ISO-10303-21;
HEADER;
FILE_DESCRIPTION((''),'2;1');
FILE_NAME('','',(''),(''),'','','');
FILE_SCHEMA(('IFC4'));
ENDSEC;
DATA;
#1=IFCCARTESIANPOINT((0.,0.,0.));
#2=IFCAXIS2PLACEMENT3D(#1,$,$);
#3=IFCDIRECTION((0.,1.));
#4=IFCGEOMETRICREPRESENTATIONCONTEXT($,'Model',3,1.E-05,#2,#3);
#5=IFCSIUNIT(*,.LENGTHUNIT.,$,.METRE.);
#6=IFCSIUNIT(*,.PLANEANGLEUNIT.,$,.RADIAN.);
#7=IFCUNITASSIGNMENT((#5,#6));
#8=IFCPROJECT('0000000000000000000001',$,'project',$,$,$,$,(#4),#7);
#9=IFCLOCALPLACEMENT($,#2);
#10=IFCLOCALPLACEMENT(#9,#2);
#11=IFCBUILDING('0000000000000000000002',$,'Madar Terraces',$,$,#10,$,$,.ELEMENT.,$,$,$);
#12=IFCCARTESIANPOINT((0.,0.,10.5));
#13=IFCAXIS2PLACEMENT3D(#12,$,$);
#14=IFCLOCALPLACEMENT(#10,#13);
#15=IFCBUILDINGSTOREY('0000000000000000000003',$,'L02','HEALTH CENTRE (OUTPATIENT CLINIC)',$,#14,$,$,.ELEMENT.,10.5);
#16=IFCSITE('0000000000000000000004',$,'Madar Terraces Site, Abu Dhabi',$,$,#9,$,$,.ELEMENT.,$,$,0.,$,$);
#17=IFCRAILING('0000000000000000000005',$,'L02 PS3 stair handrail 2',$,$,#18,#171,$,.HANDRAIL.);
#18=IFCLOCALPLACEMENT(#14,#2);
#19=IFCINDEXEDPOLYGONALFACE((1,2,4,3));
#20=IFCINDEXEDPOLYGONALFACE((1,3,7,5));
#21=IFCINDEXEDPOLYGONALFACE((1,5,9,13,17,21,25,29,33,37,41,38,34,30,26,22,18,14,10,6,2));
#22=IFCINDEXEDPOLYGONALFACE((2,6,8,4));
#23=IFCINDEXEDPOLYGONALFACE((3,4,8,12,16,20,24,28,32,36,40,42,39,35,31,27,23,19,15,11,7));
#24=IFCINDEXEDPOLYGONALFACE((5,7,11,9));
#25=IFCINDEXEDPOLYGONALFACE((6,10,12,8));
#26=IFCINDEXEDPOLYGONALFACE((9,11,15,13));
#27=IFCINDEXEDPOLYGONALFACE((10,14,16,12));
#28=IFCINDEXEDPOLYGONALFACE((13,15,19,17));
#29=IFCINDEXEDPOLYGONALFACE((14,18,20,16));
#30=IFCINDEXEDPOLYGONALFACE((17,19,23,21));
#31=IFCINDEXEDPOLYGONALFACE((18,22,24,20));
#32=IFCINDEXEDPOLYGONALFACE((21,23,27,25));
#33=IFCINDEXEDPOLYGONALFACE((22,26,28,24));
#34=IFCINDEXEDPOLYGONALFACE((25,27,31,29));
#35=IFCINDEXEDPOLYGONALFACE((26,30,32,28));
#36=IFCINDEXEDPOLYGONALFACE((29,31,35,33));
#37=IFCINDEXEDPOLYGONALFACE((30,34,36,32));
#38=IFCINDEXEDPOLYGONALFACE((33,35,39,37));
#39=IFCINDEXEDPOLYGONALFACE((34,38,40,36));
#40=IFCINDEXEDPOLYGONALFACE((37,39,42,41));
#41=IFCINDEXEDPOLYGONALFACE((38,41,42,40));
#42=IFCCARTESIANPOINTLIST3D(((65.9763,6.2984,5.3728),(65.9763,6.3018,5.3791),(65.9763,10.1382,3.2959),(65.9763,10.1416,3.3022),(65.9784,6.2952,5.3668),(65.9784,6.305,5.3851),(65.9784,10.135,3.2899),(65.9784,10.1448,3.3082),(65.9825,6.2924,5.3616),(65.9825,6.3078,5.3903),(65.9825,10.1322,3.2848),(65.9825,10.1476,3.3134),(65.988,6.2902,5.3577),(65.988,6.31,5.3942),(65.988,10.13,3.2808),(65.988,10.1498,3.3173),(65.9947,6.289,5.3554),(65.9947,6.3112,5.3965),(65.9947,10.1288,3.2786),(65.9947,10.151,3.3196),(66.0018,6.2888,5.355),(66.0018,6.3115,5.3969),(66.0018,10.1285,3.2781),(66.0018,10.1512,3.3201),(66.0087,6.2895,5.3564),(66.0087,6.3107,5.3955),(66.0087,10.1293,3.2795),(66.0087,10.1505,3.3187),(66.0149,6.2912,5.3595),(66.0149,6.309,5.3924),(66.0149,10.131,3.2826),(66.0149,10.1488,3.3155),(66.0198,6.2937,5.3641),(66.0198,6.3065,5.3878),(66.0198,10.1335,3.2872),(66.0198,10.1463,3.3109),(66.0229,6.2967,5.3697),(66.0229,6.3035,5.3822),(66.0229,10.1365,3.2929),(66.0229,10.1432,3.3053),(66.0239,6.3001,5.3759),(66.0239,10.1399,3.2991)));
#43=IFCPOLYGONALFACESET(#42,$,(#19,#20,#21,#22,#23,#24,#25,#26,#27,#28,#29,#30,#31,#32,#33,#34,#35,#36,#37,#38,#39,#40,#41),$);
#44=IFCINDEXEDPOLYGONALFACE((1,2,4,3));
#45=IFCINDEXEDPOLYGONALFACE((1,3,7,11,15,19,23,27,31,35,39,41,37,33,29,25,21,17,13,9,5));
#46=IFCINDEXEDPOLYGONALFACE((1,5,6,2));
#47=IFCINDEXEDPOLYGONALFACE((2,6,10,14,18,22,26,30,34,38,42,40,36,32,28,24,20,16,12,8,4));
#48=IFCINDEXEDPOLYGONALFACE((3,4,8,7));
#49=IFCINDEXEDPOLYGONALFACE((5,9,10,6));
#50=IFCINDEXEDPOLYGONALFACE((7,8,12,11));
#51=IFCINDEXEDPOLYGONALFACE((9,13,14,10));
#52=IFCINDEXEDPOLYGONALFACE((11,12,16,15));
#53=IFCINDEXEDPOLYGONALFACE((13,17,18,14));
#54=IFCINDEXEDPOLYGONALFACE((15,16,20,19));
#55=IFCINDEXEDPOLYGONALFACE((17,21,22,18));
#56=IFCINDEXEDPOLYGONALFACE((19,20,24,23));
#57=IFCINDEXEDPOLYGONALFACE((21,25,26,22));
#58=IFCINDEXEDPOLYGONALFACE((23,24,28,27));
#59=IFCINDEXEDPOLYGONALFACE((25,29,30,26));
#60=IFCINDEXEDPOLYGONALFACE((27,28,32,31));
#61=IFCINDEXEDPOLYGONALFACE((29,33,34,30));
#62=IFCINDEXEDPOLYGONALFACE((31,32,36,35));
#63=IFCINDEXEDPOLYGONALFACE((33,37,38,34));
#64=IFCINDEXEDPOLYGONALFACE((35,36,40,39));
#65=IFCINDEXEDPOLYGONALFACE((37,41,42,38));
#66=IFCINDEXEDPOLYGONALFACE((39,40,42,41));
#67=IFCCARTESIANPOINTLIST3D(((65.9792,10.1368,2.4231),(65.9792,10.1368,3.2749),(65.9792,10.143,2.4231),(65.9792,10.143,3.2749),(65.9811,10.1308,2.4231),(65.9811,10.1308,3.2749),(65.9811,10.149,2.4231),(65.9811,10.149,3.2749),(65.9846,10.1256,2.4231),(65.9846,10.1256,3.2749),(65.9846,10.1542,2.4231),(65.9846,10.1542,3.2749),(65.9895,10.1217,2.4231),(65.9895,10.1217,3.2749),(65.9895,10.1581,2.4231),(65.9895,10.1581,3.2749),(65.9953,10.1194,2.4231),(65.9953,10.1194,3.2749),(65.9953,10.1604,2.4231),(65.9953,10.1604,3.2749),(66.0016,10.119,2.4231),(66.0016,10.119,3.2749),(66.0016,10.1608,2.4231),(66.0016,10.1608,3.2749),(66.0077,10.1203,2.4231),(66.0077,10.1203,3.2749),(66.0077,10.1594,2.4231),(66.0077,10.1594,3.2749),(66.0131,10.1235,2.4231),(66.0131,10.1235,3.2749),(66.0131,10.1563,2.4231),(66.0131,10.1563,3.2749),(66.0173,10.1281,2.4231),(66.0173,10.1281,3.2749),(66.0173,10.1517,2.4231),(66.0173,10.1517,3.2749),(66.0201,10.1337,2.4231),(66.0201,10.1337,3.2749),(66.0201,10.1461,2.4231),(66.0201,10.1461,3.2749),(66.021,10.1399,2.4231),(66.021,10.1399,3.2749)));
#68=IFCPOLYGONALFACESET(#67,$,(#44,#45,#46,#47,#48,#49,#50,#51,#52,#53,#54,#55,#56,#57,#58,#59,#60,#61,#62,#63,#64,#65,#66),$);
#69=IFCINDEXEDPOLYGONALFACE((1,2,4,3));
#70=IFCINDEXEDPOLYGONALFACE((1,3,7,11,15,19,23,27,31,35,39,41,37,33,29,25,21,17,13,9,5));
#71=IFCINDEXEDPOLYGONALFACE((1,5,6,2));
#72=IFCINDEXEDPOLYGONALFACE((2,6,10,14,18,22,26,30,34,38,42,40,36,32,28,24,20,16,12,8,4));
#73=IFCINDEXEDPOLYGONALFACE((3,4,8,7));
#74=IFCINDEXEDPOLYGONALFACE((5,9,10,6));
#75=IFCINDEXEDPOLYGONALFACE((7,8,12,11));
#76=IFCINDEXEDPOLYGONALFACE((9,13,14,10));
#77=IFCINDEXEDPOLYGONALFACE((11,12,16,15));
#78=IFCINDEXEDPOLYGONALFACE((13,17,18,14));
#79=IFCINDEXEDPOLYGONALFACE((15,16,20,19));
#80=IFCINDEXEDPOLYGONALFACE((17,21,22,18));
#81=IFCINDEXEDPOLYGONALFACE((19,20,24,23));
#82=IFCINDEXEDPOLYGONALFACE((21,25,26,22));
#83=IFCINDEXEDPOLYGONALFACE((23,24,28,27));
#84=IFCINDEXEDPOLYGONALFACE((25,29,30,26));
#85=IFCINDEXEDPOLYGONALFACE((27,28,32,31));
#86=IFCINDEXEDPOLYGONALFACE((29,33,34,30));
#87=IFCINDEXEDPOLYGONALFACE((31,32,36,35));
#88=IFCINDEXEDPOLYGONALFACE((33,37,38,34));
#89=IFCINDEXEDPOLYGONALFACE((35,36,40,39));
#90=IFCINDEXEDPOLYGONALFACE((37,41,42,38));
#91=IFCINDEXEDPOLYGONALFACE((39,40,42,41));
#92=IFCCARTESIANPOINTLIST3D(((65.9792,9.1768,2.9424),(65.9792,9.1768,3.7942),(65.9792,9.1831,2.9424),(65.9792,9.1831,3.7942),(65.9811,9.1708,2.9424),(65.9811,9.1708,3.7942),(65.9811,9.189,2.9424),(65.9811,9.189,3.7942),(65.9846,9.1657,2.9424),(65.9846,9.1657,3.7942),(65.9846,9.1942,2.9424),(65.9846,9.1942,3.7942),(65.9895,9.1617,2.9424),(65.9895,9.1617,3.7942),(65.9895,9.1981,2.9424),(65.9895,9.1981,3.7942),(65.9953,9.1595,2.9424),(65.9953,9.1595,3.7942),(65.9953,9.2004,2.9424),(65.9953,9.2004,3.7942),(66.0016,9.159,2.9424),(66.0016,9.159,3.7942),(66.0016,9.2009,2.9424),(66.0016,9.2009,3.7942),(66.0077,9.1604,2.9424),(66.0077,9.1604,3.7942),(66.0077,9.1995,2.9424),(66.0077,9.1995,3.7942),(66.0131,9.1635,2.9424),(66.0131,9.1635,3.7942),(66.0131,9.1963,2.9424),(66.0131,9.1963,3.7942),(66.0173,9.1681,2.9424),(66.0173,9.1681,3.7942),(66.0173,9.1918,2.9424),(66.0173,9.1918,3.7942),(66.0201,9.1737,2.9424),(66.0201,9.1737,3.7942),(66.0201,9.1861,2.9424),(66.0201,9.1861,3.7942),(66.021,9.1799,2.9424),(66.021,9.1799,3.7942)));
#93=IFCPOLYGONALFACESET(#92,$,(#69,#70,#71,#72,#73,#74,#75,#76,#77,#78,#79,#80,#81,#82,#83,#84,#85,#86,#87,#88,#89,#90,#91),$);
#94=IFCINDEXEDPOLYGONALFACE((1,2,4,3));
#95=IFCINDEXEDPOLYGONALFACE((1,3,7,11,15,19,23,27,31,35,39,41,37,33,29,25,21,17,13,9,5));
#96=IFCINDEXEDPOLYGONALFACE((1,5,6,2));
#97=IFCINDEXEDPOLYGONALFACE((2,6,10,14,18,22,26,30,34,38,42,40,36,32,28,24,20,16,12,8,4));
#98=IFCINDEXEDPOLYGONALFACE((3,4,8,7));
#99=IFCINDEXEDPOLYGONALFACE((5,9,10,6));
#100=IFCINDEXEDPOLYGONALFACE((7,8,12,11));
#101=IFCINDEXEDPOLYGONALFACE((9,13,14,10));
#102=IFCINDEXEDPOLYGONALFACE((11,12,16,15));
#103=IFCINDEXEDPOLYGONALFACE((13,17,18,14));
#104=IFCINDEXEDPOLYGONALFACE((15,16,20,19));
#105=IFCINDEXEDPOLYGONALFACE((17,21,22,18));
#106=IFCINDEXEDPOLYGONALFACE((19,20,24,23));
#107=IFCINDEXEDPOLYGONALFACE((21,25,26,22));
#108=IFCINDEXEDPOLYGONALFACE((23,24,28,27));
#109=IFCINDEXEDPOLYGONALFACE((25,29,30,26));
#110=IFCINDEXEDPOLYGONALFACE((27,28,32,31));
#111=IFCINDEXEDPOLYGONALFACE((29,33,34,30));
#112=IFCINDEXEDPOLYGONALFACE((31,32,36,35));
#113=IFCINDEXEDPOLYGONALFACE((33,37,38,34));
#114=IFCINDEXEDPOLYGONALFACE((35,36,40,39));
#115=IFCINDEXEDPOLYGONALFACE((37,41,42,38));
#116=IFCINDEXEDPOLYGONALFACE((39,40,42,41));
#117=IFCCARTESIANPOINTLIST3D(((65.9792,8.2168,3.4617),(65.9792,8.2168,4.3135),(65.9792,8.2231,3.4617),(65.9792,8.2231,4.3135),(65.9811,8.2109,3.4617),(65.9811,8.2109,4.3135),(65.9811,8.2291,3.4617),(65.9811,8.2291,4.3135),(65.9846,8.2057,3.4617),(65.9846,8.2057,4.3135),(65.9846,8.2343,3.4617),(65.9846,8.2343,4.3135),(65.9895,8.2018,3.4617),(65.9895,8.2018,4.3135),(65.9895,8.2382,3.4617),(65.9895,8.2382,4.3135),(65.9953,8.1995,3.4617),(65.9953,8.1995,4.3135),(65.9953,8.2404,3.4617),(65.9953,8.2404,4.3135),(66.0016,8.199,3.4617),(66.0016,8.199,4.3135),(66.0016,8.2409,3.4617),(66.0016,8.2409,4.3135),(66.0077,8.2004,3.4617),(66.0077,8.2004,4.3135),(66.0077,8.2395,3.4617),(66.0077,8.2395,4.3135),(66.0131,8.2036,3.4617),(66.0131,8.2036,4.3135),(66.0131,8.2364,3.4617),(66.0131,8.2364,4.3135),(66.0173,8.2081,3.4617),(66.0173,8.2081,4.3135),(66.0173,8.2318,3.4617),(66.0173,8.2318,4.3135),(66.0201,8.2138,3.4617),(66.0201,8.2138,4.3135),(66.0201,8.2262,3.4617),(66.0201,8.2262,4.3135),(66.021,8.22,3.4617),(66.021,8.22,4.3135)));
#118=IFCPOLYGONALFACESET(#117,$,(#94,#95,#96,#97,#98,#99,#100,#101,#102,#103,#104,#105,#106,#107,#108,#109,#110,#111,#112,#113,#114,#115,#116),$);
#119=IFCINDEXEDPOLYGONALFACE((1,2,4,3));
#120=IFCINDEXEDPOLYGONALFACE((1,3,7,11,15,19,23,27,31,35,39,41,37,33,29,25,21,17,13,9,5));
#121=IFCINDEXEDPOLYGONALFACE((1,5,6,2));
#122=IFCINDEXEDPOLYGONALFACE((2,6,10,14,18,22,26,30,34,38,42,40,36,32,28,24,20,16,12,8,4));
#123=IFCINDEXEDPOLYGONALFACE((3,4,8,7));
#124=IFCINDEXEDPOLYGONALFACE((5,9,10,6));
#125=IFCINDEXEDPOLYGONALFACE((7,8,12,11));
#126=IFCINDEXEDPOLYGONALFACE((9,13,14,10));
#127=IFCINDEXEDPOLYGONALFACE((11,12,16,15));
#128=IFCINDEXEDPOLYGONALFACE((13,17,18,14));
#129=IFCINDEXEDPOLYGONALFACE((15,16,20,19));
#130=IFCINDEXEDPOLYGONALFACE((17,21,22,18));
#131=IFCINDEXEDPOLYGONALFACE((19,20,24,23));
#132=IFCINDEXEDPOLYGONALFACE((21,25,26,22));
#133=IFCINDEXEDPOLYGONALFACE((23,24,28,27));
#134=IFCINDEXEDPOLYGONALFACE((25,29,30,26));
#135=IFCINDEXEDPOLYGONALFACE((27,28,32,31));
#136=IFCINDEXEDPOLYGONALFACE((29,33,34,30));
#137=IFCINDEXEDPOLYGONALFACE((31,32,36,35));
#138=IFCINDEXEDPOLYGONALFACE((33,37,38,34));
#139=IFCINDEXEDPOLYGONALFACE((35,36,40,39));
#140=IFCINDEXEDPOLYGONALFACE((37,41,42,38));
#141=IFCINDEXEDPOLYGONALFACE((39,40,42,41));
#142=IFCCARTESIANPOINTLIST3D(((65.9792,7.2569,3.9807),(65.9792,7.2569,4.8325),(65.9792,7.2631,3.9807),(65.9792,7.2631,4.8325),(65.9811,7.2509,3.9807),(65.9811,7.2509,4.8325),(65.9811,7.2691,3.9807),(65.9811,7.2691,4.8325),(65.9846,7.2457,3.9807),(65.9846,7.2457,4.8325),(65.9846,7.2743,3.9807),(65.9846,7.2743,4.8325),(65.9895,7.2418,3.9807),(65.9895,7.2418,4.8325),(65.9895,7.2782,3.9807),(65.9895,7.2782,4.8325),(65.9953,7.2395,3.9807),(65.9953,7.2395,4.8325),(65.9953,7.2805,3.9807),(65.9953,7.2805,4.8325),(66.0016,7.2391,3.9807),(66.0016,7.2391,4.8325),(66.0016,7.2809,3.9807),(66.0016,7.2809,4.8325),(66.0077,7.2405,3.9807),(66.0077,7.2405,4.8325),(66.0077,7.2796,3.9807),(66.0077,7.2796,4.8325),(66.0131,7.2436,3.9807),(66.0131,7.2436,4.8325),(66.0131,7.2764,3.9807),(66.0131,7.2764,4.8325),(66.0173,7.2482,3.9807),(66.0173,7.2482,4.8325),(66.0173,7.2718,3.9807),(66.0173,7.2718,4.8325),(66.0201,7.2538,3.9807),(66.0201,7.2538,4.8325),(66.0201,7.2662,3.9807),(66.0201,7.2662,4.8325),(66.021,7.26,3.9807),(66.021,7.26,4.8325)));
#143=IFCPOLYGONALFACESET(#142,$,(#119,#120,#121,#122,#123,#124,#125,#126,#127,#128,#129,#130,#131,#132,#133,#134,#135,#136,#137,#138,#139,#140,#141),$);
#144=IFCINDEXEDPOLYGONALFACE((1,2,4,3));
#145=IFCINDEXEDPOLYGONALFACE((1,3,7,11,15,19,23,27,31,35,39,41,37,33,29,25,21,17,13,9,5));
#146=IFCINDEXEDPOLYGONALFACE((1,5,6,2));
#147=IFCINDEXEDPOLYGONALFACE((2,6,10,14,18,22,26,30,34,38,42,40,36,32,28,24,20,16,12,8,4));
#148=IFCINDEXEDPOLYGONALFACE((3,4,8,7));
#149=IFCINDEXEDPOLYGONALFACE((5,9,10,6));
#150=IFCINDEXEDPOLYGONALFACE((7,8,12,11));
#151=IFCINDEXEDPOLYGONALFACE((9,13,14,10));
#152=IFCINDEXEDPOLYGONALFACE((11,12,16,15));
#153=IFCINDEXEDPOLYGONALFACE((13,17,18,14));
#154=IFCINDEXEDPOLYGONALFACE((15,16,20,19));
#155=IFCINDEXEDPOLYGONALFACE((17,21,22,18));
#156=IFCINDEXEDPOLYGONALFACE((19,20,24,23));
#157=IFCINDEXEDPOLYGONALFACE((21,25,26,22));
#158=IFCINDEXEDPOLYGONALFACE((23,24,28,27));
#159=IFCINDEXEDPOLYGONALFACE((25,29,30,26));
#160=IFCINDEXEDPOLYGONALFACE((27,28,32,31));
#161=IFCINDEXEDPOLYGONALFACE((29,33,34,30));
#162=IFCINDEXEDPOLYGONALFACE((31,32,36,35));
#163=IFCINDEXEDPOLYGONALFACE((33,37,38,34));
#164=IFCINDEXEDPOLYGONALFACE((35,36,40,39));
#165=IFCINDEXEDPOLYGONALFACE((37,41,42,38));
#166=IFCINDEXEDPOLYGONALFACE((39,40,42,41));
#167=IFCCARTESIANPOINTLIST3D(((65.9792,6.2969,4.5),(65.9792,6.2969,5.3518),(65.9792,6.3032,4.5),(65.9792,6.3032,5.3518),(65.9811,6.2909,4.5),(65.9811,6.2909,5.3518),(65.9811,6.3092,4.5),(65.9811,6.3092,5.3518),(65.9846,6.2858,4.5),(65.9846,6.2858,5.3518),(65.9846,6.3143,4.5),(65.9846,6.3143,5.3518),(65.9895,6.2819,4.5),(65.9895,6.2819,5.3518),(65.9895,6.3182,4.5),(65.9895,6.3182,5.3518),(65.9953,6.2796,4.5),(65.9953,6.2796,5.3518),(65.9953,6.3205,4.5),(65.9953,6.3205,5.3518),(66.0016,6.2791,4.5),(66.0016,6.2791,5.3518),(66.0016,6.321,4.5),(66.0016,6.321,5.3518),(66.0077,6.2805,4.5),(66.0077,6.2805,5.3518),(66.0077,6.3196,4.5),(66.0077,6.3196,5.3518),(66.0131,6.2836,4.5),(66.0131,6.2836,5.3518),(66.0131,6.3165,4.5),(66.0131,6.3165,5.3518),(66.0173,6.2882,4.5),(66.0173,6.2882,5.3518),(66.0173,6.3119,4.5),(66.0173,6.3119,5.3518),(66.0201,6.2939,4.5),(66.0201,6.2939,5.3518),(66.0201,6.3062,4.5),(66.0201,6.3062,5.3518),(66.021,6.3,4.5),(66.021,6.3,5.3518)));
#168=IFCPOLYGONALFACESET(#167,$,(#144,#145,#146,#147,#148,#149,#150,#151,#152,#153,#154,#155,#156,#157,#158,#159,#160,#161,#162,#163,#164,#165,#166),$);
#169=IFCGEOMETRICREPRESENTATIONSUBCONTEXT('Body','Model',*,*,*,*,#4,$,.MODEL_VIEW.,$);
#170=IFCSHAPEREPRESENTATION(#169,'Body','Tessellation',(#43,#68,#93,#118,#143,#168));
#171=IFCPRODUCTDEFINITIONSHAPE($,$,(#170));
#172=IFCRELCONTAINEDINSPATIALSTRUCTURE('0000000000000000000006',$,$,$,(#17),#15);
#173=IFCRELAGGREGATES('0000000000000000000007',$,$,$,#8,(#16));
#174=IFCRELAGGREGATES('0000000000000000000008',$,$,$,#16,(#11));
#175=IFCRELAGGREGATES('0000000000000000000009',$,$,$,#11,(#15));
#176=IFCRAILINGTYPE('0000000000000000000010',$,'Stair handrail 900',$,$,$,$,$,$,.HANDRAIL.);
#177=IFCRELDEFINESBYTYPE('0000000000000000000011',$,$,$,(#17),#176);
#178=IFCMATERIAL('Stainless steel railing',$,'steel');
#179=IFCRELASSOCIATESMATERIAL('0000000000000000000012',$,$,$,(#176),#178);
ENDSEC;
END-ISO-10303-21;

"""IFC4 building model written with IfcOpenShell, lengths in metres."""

from ifc_helpers import new_model, si_unit, direction, frame, origin, origin_2d, place, context, subcontext, project, spatial, circle, extrude, material, type_object, element, save


model = new_model("IFC4")

# Units and contexts
model_context = context("Model", 3, precision=1e-05, world=origin(), true_north=direction((0.0, 1.0)))
body_context = subcontext(model_context, "Body", "Model", "MODEL_VIEW")
ifc_project = project(units=[si_unit("LENGTHUNIT", "METRE"), si_unit("PLANEANGLEUNIT", "RADIAN")], contexts=[model_context])

# Site, building, storey
site_placement = place(None, origin())
site = spatial("IfcSite", under=ifc_project, at=site_placement, Name="Madar Terraces Site, Abu Dhabi", CompositionType="ELEMENT", RefElevation=0.0)
building_placement = place(site_placement, origin())
building = spatial("IfcBuilding", under=site, at=building_placement, Name="Madar Terraces", CompositionType="ELEMENT")
storey_placement = place(building_placement, frame((0.0, 0.0, 10.5)))
storey = spatial("IfcBuildingStorey", under=building, at=storey_placement, Name="L02", Description="HEALTH CENTRE (OUTPATIENT CLINIC)", CompositionType="ELEMENT", Elevation=10.5)

# Railing
ifc_material_1 = material(Name="Stainless steel railing", Category="steel")
railing_type_1 = type_object("IfcRailingType", Name="Stair handrail 900", PredefinedType="HANDRAIL", material=ifc_material_1)
railing_1_placement = place(storey_placement, frame((66.0, 10.1399, 2.4231)))
element("IfcRailing", 1, at=railing_1_placement, inside=storey, type_object=railing_type_1, Name="L02 PS3 stair handrail 2", PredefinedType="HANDRAIL", context=body_context, shape_type="SweptSolid", body=[
    extrude(circle(Radius=0.0239, at=origin_2d()), frame((0.0, 0.0, 0.876), z_axis=(0.0, -0.879581, 0.47575), x_axis=(1.0, 0.0, 0.0)), (0.0, 0.0, 1.0), 4.3655),
    extrude(circle(Radius=0.021, at=origin_2d()), origin(), (0.0, 0.0, 1.0), 0.8518),
    extrude(circle(Radius=0.021, at=origin_2d()), frame((0.0, -0.96, 0.5193)), (0.0, 0.0, 1.0), 0.8518),
    extrude(circle(Radius=0.021, at=origin_2d()), frame((0.0, -1.9199, 1.0386)), (0.0, 0.0, 1.0), 0.8518),
    extrude(circle(Radius=0.021, at=origin_2d()), frame((0.0, -2.8799, 1.5576)), (0.0, 0.0, 1.0), 0.8518),
    extrude(circle(Radius=0.021, at=origin_2d()), frame((0.0, -3.8398, 2.0769)), (0.0, 0.0, 1.0), 0.8518),
])

save(model, "model.ifc")
